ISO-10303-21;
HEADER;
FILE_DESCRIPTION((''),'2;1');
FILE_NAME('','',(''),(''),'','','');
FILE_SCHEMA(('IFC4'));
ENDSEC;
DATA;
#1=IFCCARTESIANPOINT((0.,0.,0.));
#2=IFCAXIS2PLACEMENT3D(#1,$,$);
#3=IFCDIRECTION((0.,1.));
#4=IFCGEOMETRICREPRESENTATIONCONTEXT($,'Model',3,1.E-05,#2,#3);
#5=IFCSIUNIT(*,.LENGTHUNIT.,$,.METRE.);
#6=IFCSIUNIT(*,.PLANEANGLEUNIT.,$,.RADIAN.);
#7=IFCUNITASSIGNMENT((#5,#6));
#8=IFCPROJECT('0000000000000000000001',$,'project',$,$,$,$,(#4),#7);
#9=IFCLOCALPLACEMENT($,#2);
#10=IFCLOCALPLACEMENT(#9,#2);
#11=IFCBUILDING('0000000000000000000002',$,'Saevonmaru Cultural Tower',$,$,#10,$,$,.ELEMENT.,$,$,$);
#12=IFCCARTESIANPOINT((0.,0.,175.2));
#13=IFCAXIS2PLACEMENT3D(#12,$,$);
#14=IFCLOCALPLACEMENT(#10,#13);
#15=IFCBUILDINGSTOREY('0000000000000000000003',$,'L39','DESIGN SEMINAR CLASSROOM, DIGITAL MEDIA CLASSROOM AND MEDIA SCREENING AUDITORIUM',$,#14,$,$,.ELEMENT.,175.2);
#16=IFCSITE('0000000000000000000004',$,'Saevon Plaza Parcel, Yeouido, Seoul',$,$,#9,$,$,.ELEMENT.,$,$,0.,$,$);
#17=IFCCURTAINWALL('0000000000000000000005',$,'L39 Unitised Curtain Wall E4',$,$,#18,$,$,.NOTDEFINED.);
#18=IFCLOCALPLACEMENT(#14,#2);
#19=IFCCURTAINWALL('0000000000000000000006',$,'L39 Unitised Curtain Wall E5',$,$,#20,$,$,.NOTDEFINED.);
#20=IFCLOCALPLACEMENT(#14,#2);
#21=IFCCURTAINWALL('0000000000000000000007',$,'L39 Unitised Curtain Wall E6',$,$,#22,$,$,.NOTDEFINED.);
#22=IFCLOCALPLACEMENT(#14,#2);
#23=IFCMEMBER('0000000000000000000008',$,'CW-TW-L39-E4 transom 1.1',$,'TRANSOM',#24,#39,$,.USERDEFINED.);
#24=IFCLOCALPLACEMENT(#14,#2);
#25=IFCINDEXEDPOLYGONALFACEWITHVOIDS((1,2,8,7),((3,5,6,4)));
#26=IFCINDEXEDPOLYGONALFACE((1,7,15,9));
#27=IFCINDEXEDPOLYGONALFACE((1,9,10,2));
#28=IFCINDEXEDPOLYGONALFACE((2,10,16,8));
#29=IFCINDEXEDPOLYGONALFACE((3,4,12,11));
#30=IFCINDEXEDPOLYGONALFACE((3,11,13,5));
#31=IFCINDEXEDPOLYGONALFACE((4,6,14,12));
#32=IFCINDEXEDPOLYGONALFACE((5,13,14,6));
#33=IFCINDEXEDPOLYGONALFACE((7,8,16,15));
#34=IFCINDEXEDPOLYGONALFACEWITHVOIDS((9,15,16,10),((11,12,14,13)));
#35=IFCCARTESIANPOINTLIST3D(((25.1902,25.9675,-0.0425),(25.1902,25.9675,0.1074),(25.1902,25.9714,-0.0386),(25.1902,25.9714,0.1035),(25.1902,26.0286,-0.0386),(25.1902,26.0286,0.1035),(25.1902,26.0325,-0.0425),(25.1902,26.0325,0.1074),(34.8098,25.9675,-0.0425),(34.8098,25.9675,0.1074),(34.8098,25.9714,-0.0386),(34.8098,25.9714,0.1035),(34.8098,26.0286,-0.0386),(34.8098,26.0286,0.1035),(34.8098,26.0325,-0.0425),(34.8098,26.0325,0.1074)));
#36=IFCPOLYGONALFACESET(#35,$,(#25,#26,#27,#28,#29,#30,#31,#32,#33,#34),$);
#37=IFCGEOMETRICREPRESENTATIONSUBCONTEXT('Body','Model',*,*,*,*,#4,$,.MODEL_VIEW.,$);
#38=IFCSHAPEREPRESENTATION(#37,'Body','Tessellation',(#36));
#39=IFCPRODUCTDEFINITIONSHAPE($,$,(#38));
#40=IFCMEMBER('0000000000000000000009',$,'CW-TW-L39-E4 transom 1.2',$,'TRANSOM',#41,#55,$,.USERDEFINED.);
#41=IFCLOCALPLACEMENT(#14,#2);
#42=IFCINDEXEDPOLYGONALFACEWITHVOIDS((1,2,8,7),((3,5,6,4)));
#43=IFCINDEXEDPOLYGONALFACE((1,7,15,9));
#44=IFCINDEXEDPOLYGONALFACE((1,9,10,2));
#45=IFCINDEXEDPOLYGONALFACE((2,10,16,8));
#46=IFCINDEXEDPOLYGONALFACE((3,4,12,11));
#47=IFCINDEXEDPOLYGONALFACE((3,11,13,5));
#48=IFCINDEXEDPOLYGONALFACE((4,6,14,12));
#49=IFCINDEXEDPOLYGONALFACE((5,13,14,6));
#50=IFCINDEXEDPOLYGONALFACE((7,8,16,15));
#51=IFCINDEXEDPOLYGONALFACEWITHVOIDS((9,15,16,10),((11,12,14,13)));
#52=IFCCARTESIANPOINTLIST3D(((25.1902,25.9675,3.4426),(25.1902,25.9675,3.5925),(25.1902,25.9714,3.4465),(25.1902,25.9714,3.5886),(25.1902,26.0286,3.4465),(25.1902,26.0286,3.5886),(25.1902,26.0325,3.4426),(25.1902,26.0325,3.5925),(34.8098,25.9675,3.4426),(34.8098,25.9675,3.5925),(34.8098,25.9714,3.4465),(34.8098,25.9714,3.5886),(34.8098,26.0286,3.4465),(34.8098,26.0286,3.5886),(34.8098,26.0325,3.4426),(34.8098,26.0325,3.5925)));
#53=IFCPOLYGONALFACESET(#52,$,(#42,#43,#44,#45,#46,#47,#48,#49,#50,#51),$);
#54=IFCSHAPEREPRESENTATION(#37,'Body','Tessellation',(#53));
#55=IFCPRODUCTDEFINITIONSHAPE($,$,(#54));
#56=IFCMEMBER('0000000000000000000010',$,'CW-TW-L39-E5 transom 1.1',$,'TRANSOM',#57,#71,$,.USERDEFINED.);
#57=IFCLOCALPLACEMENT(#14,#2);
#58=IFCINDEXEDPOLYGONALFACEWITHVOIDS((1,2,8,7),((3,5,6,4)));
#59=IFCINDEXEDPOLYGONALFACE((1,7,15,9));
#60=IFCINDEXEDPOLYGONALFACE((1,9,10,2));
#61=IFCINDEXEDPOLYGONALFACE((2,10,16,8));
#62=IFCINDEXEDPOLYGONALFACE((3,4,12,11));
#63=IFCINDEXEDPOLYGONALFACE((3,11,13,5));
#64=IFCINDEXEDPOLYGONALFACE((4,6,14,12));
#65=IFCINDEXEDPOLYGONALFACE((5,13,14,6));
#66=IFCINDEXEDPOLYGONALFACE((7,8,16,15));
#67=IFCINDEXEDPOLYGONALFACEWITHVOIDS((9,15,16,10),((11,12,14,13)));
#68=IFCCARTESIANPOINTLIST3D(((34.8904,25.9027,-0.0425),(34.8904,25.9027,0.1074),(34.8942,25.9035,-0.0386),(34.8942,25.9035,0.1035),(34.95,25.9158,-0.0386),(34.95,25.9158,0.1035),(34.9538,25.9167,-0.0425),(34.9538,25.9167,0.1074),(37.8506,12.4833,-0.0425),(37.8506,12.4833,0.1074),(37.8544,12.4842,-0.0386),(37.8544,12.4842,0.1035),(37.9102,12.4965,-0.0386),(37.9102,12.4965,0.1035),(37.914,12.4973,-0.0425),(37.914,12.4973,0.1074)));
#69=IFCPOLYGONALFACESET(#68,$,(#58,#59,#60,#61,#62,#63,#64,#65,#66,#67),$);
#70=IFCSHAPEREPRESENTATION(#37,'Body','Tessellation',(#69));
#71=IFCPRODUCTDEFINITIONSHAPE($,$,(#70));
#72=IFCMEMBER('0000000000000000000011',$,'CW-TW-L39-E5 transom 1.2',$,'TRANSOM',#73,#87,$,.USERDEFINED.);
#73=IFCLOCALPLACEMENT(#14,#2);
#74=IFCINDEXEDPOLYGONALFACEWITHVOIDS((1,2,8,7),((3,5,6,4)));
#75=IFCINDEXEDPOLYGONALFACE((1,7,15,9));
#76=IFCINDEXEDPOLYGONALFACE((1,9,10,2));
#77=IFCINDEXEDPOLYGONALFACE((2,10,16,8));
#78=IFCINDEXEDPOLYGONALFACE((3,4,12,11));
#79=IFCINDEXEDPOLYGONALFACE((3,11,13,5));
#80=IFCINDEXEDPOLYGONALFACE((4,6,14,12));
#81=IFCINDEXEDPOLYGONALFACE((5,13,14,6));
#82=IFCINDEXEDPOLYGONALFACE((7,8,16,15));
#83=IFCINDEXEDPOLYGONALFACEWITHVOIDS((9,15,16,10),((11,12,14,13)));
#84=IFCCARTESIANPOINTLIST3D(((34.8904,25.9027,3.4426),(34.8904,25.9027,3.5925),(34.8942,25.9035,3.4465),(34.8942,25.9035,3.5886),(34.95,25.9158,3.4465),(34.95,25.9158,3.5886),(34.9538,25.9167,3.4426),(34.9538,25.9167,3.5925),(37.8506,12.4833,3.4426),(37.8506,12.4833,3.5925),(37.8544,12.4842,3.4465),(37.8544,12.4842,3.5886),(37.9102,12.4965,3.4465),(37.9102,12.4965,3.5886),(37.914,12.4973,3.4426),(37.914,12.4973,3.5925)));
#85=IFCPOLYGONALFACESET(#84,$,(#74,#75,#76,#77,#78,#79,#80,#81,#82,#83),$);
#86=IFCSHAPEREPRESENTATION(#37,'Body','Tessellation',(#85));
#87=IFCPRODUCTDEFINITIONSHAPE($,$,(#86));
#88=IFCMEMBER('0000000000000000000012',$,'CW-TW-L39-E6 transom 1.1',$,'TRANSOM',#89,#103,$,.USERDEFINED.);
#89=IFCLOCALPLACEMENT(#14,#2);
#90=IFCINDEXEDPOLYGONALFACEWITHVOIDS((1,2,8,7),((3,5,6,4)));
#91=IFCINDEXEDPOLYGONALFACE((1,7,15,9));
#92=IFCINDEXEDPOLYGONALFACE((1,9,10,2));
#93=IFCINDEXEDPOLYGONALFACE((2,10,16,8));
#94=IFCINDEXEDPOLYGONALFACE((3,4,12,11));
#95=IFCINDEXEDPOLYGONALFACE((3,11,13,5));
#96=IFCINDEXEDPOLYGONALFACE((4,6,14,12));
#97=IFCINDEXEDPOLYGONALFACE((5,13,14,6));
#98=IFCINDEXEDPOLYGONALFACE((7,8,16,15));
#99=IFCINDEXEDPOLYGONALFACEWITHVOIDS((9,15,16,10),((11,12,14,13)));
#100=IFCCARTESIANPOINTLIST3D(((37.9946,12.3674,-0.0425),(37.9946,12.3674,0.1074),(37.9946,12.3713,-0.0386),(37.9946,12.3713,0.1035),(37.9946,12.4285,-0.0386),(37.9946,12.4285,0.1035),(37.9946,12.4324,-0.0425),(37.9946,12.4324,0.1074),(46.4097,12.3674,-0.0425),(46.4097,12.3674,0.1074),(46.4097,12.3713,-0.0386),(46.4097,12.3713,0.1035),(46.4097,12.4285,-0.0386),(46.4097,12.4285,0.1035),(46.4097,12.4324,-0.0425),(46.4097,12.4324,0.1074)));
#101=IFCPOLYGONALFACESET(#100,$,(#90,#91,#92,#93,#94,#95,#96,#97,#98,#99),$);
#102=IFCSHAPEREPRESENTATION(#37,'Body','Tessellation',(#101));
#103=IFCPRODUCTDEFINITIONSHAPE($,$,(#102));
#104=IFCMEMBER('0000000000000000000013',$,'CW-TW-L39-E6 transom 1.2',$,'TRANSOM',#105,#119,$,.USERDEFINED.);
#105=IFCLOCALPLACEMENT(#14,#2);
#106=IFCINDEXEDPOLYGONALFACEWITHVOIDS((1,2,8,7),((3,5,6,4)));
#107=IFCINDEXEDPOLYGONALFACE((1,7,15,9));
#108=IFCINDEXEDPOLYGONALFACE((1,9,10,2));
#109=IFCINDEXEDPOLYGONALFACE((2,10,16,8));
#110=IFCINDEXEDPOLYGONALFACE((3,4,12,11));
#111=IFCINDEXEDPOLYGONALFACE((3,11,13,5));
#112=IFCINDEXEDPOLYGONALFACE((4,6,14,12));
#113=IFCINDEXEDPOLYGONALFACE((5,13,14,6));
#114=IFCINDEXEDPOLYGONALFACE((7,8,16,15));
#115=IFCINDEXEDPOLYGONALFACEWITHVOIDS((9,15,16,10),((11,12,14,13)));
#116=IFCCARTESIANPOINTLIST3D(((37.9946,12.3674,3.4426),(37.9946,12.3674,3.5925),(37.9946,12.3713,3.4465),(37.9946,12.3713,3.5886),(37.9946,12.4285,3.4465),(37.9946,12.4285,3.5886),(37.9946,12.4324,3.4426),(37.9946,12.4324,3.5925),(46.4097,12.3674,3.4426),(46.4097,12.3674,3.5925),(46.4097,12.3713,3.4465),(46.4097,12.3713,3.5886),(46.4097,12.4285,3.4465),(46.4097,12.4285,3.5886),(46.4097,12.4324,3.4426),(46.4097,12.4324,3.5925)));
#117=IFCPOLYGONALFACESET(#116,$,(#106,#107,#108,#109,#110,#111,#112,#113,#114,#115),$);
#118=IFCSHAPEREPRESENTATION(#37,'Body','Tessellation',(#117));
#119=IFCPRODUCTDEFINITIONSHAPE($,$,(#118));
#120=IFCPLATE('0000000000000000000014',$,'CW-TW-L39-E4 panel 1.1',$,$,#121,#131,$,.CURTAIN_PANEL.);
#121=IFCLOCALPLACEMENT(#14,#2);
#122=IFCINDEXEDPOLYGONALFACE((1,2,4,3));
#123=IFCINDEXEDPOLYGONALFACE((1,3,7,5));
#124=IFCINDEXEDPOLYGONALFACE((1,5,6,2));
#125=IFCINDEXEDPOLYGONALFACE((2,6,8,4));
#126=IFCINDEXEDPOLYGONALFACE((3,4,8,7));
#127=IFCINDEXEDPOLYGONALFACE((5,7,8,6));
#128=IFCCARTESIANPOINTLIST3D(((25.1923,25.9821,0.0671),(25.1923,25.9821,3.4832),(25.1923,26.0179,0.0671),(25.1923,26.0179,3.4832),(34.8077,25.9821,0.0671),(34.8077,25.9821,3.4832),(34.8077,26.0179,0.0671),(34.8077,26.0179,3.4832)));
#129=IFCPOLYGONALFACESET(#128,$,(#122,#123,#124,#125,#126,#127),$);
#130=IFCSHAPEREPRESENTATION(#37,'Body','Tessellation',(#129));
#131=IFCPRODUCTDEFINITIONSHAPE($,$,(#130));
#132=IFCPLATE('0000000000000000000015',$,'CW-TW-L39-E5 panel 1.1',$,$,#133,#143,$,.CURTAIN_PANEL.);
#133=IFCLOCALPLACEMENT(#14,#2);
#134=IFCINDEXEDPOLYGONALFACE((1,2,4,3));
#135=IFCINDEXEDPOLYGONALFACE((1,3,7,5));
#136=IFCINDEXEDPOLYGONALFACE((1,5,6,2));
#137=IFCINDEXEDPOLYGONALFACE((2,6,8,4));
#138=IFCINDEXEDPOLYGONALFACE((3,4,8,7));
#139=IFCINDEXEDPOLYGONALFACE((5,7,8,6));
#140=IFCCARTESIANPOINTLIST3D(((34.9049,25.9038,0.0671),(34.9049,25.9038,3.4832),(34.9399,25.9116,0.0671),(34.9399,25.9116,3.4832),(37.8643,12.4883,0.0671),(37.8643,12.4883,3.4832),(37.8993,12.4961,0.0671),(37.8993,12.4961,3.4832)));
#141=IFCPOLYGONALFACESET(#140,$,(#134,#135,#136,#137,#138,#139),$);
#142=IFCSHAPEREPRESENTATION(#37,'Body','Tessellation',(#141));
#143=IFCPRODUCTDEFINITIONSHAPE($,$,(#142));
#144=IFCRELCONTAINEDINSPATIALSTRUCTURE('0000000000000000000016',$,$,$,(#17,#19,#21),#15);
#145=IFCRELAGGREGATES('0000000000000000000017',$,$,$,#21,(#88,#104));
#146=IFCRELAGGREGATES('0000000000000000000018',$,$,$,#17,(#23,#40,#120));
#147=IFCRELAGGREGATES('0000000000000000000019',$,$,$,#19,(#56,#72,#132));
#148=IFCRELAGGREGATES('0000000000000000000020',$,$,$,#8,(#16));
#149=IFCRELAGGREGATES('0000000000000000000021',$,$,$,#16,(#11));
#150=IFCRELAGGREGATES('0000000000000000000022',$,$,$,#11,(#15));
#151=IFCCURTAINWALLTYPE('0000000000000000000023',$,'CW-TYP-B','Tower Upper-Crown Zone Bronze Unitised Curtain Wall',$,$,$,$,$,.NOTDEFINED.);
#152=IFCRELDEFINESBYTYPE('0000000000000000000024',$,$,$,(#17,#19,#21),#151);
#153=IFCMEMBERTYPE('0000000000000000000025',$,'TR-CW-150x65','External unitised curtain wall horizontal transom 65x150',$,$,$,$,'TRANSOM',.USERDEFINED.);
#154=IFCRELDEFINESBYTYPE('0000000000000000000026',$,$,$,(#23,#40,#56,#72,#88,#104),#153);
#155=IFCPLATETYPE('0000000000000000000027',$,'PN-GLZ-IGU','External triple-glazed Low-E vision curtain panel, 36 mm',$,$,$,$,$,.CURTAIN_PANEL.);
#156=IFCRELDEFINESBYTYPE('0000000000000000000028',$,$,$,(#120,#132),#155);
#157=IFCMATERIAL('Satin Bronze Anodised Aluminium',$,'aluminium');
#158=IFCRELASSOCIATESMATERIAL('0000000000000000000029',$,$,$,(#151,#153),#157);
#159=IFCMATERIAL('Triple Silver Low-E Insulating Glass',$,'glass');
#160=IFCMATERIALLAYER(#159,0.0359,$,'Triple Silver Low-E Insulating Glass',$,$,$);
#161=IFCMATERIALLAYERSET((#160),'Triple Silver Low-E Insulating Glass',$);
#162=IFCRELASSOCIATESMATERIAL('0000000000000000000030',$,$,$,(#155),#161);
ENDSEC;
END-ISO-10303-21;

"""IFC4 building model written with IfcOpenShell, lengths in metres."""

from ifc_helpers import new_model, si_unit, direction, frame, origin, origin_2d, place, context, subcontext, project, spatial, rectangle, hollow_rectangle, extrude, material, layer, layer_set, material_profile, profile_set, type_object, element, aggregate, save


model = new_model("IFC4")

# Units and contexts
model_context = context("Model", 3, precision=1e-05, world=origin(), true_north=direction((0.0, 1.0)))
body_context = subcontext(model_context, "Body", "Model", "MODEL_VIEW")
ifc_project = project(units=[si_unit("LENGTHUNIT", "METRE"), si_unit("PLANEANGLEUNIT", "RADIAN")], contexts=[model_context])

# Site, building, storey
site_placement = place(None, origin())
site = spatial("IfcSite", under=ifc_project, at=site_placement, Name="Saevon Plaza Parcel, Yeouido, Seoul", CompositionType="ELEMENT", RefElevation=0.0)
building_placement = place(site_placement, origin())
building = spatial("IfcBuilding", under=site, at=building_placement, Name="Saevonmaru Cultural Tower", CompositionType="ELEMENT")
storey_placement = place(building_placement, frame((0.0, 0.0, 175.2)))
storey = spatial("IfcBuildingStorey", under=building, at=storey_placement, Name="L39", Description="DESIGN SEMINAR CLASSROOM, DIGITAL MEDIA CLASSROOM AND MEDIA SCREENING AUDITORIUM", CompositionType="ELEMENT", Elevation=175.2)

# Curtain wall
ifc_material_1 = material(Name="Satin Bronze Anodised Aluminium", Category="aluminium")
curtain_wall_type = type_object("IfcCurtainWallType", Name="CW-TYP-B", Description="Tower Upper-Crown Zone Bronze Unitised Curtain Wall", PredefinedType="NOTDEFINED", material=ifc_material_1)
curtain_wall_1_placement = place(storey_placement, origin())
curtain_wall_1 = element("IfcCurtainWall", 1, at=curtain_wall_1_placement, inside=storey, type_object=curtain_wall_type, Name="L39 Unitised Curtain Wall E4", PredefinedType="NOTDEFINED")

# Curtain wall
curtain_wall_2_placement = place(storey_placement, origin())
curtain_wall_2 = element("IfcCurtainWall", 2, at=curtain_wall_2_placement, inside=storey, type_object=curtain_wall_type, Name="L39 Unitised Curtain Wall E5", PredefinedType="NOTDEFINED")

# Curtain wall
curtain_wall_3_placement = place(storey_placement, origin())
curtain_wall_3 = element("IfcCurtainWall", 3, at=curtain_wall_3_placement, inside=storey, type_object=curtain_wall_type, Name="L39 Unitised Curtain Wall E6", PredefinedType="NOTDEFINED")

# Members
ifc_material_profile_1 = material_profile(ifc_material_1, hollow_rectangle(XDim=0.0649, YDim=0.1499, WallThickness=0.0039, at=origin_2d()), Name="ALU-TRAN-150x65x4")
ifc_profile_set_1 = profile_set([ifc_material_profile_1], Name="Satin Bronze Anodised Aluminium")
member_type_1 = type_object("IfcMemberType", Name="TR-CW-150x65", Description="External unitised curtain wall horizontal transom 65x150", ElementType="TRANSOM", PredefinedType="USERDEFINED", material=ifc_profile_set_1)
member_1_placement = place(storey_placement, frame((25.1902, 26.0, 0.0325), z_axis=(1.0, 0.0, 0.0), x_axis=(0.0, 1.0, 0.0)))
member_1 = element("IfcMember", 4, at=member_1_placement, type_object=member_type_1, Name="CW-TW-L39-E4 transom 1.1", ObjectType="TRANSOM", PredefinedType="USERDEFINED", context=body_context, shape_type="SweptSolid", body=[
    extrude(hollow_rectangle(XDim=0.0649, YDim=0.1499, WallThickness=0.0039, at=origin_2d()), origin(), (0.0, 0.0, 1.0), 9.6196),
])
member_2_placement = place(storey_placement, frame((25.1902, 26.0, 3.5176), z_axis=(1.0, 0.0, 0.0), x_axis=(0.0, 1.0, 0.0)))
member_2 = element("IfcMember", 5, at=member_2_placement, type_object=member_type_1, Name="CW-TW-L39-E4 transom 1.2", ObjectType="TRANSOM", PredefinedType="USERDEFINED", context=body_context, shape_type="SweptSolid", body=[
    extrude(hollow_rectangle(XDim=0.0649, YDim=0.1499, WallThickness=0.0039, at=origin_2d()), origin(), (0.0, 0.0, 1.0), 9.6196),
])
member_3_placement = place(storey_placement, frame((34.9221, 25.9097, 0.0325), z_axis=(0.215412, -0.976523, 0.0), x_axis=(0.976523, 0.215412, 0.0)))
member_3 = element("IfcMember", 6, at=member_3_placement, type_object=member_type_1, Name="CW-TW-L39-E5 transom 1.1", ObjectType="TRANSOM", PredefinedType="USERDEFINED", context=body_context, shape_type="SweptSolid", body=[
    extrude(hollow_rectangle(XDim=0.0649, YDim=0.1499, WallThickness=0.0039, at=origin_2d()), origin(), (0.0, 0.0, 1.0), 13.7419),
])
member_4_placement = place(storey_placement, frame((34.9221, 25.9097, 3.5176), z_axis=(0.215412, -0.976523, 0.0), x_axis=(0.976523, 0.215412, 0.0)))
member_4 = element("IfcMember", 7, at=member_4_placement, type_object=member_type_1, Name="CW-TW-L39-E5 transom 1.2", ObjectType="TRANSOM", PredefinedType="USERDEFINED", context=body_context, shape_type="SweptSolid", body=[
    extrude(hollow_rectangle(XDim=0.0649, YDim=0.1499, WallThickness=0.0039, at=origin_2d()), origin(), (0.0, 0.0, 1.0), 13.7419),
])
member_5_placement = place(storey_placement, frame((37.9946, 12.3999, 0.0325), z_axis=(1.0, 0.0, 0.0), x_axis=(0.0, 1.0, 0.0)))
member_5 = element("IfcMember", 8, at=member_5_placement, type_object=member_type_1, Name="CW-TW-L39-E6 transom 1.1", ObjectType="TRANSOM", PredefinedType="USERDEFINED", context=body_context, shape_type="SweptSolid", body=[
    extrude(hollow_rectangle(XDim=0.0649, YDim=0.1499, WallThickness=0.0039, at=origin_2d()), origin(), (0.0, 0.0, 1.0), 8.415),
])
member_6_placement = place(storey_placement, frame((37.9946, 12.3999, 3.5176), z_axis=(1.0, 0.0, 0.0), x_axis=(0.0, 1.0, 0.0)))
member_6 = element("IfcMember", 9, at=member_6_placement, type_object=member_type_1, Name="CW-TW-L39-E6 transom 1.2", ObjectType="TRANSOM", PredefinedType="USERDEFINED", context=body_context, shape_type="SweptSolid", body=[
    extrude(hollow_rectangle(XDim=0.0649, YDim=0.1499, WallThickness=0.0039, at=origin_2d()), origin(), (0.0, 0.0, 1.0), 8.415),
])
aggregate(curtain_wall_3, [member_5, member_6])

# Plates
ifc_material_2 = material(Name="Triple Silver Low-E Insulating Glass", Category="glass")
ifc_layer = layer(ifc_material_2, 0.0359, Name="Triple Silver Low-E Insulating Glass")
ifc_layer_set = layer_set([ifc_layer], Name="Triple Silver Low-E Insulating Glass")
plate_type = type_object("IfcPlateType", Name="PN-GLZ-IGU", Description="External triple-glazed Low-E vision curtain panel, 36 mm", PredefinedType="CURTAIN_PANEL", material=ifc_layer_set)
plate_1_placement = place(storey_placement, frame((30.0, 26.0, 0.0671), z_axis=(0.0, 0.0, 1.0), x_axis=(1.0, 0.0, 0.0)))
plate_1 = element("IfcPlate", 10, at=plate_1_placement, type_object=plate_type, Name="CW-TW-L39-E4 panel 1.1", PredefinedType="CURTAIN_PANEL", context=body_context, shape_type="SweptSolid", body=[
    extrude(rectangle(XDim=9.6155, YDim=0.0359, at=origin_2d()), origin(), (0.0, 0.0, 1.0), 3.416),
])
aggregate(curtain_wall_1, [member_1, member_2, plate_1])
plate_2_placement = place(storey_placement, frame((36.4021, 19.2, 0.0671), z_axis=(0.0, 0.0, 1.0), x_axis=(0.215413, -0.976523, 0.0)))
plate_2 = element("IfcPlate", 11, at=plate_2_placement, type_object=plate_type, Name="CW-TW-L39-E5 panel 1.1", PredefinedType="CURTAIN_PANEL", context=body_context, shape_type="SweptSolid", body=[
    extrude(rectangle(XDim=13.738, YDim=0.0359, at=origin_2d()), origin(), (0.0, 0.0, 1.0), 3.416),
])
aggregate(curtain_wall_2, [member_3, member_4, plate_2])

save(model, "model.ifc")
